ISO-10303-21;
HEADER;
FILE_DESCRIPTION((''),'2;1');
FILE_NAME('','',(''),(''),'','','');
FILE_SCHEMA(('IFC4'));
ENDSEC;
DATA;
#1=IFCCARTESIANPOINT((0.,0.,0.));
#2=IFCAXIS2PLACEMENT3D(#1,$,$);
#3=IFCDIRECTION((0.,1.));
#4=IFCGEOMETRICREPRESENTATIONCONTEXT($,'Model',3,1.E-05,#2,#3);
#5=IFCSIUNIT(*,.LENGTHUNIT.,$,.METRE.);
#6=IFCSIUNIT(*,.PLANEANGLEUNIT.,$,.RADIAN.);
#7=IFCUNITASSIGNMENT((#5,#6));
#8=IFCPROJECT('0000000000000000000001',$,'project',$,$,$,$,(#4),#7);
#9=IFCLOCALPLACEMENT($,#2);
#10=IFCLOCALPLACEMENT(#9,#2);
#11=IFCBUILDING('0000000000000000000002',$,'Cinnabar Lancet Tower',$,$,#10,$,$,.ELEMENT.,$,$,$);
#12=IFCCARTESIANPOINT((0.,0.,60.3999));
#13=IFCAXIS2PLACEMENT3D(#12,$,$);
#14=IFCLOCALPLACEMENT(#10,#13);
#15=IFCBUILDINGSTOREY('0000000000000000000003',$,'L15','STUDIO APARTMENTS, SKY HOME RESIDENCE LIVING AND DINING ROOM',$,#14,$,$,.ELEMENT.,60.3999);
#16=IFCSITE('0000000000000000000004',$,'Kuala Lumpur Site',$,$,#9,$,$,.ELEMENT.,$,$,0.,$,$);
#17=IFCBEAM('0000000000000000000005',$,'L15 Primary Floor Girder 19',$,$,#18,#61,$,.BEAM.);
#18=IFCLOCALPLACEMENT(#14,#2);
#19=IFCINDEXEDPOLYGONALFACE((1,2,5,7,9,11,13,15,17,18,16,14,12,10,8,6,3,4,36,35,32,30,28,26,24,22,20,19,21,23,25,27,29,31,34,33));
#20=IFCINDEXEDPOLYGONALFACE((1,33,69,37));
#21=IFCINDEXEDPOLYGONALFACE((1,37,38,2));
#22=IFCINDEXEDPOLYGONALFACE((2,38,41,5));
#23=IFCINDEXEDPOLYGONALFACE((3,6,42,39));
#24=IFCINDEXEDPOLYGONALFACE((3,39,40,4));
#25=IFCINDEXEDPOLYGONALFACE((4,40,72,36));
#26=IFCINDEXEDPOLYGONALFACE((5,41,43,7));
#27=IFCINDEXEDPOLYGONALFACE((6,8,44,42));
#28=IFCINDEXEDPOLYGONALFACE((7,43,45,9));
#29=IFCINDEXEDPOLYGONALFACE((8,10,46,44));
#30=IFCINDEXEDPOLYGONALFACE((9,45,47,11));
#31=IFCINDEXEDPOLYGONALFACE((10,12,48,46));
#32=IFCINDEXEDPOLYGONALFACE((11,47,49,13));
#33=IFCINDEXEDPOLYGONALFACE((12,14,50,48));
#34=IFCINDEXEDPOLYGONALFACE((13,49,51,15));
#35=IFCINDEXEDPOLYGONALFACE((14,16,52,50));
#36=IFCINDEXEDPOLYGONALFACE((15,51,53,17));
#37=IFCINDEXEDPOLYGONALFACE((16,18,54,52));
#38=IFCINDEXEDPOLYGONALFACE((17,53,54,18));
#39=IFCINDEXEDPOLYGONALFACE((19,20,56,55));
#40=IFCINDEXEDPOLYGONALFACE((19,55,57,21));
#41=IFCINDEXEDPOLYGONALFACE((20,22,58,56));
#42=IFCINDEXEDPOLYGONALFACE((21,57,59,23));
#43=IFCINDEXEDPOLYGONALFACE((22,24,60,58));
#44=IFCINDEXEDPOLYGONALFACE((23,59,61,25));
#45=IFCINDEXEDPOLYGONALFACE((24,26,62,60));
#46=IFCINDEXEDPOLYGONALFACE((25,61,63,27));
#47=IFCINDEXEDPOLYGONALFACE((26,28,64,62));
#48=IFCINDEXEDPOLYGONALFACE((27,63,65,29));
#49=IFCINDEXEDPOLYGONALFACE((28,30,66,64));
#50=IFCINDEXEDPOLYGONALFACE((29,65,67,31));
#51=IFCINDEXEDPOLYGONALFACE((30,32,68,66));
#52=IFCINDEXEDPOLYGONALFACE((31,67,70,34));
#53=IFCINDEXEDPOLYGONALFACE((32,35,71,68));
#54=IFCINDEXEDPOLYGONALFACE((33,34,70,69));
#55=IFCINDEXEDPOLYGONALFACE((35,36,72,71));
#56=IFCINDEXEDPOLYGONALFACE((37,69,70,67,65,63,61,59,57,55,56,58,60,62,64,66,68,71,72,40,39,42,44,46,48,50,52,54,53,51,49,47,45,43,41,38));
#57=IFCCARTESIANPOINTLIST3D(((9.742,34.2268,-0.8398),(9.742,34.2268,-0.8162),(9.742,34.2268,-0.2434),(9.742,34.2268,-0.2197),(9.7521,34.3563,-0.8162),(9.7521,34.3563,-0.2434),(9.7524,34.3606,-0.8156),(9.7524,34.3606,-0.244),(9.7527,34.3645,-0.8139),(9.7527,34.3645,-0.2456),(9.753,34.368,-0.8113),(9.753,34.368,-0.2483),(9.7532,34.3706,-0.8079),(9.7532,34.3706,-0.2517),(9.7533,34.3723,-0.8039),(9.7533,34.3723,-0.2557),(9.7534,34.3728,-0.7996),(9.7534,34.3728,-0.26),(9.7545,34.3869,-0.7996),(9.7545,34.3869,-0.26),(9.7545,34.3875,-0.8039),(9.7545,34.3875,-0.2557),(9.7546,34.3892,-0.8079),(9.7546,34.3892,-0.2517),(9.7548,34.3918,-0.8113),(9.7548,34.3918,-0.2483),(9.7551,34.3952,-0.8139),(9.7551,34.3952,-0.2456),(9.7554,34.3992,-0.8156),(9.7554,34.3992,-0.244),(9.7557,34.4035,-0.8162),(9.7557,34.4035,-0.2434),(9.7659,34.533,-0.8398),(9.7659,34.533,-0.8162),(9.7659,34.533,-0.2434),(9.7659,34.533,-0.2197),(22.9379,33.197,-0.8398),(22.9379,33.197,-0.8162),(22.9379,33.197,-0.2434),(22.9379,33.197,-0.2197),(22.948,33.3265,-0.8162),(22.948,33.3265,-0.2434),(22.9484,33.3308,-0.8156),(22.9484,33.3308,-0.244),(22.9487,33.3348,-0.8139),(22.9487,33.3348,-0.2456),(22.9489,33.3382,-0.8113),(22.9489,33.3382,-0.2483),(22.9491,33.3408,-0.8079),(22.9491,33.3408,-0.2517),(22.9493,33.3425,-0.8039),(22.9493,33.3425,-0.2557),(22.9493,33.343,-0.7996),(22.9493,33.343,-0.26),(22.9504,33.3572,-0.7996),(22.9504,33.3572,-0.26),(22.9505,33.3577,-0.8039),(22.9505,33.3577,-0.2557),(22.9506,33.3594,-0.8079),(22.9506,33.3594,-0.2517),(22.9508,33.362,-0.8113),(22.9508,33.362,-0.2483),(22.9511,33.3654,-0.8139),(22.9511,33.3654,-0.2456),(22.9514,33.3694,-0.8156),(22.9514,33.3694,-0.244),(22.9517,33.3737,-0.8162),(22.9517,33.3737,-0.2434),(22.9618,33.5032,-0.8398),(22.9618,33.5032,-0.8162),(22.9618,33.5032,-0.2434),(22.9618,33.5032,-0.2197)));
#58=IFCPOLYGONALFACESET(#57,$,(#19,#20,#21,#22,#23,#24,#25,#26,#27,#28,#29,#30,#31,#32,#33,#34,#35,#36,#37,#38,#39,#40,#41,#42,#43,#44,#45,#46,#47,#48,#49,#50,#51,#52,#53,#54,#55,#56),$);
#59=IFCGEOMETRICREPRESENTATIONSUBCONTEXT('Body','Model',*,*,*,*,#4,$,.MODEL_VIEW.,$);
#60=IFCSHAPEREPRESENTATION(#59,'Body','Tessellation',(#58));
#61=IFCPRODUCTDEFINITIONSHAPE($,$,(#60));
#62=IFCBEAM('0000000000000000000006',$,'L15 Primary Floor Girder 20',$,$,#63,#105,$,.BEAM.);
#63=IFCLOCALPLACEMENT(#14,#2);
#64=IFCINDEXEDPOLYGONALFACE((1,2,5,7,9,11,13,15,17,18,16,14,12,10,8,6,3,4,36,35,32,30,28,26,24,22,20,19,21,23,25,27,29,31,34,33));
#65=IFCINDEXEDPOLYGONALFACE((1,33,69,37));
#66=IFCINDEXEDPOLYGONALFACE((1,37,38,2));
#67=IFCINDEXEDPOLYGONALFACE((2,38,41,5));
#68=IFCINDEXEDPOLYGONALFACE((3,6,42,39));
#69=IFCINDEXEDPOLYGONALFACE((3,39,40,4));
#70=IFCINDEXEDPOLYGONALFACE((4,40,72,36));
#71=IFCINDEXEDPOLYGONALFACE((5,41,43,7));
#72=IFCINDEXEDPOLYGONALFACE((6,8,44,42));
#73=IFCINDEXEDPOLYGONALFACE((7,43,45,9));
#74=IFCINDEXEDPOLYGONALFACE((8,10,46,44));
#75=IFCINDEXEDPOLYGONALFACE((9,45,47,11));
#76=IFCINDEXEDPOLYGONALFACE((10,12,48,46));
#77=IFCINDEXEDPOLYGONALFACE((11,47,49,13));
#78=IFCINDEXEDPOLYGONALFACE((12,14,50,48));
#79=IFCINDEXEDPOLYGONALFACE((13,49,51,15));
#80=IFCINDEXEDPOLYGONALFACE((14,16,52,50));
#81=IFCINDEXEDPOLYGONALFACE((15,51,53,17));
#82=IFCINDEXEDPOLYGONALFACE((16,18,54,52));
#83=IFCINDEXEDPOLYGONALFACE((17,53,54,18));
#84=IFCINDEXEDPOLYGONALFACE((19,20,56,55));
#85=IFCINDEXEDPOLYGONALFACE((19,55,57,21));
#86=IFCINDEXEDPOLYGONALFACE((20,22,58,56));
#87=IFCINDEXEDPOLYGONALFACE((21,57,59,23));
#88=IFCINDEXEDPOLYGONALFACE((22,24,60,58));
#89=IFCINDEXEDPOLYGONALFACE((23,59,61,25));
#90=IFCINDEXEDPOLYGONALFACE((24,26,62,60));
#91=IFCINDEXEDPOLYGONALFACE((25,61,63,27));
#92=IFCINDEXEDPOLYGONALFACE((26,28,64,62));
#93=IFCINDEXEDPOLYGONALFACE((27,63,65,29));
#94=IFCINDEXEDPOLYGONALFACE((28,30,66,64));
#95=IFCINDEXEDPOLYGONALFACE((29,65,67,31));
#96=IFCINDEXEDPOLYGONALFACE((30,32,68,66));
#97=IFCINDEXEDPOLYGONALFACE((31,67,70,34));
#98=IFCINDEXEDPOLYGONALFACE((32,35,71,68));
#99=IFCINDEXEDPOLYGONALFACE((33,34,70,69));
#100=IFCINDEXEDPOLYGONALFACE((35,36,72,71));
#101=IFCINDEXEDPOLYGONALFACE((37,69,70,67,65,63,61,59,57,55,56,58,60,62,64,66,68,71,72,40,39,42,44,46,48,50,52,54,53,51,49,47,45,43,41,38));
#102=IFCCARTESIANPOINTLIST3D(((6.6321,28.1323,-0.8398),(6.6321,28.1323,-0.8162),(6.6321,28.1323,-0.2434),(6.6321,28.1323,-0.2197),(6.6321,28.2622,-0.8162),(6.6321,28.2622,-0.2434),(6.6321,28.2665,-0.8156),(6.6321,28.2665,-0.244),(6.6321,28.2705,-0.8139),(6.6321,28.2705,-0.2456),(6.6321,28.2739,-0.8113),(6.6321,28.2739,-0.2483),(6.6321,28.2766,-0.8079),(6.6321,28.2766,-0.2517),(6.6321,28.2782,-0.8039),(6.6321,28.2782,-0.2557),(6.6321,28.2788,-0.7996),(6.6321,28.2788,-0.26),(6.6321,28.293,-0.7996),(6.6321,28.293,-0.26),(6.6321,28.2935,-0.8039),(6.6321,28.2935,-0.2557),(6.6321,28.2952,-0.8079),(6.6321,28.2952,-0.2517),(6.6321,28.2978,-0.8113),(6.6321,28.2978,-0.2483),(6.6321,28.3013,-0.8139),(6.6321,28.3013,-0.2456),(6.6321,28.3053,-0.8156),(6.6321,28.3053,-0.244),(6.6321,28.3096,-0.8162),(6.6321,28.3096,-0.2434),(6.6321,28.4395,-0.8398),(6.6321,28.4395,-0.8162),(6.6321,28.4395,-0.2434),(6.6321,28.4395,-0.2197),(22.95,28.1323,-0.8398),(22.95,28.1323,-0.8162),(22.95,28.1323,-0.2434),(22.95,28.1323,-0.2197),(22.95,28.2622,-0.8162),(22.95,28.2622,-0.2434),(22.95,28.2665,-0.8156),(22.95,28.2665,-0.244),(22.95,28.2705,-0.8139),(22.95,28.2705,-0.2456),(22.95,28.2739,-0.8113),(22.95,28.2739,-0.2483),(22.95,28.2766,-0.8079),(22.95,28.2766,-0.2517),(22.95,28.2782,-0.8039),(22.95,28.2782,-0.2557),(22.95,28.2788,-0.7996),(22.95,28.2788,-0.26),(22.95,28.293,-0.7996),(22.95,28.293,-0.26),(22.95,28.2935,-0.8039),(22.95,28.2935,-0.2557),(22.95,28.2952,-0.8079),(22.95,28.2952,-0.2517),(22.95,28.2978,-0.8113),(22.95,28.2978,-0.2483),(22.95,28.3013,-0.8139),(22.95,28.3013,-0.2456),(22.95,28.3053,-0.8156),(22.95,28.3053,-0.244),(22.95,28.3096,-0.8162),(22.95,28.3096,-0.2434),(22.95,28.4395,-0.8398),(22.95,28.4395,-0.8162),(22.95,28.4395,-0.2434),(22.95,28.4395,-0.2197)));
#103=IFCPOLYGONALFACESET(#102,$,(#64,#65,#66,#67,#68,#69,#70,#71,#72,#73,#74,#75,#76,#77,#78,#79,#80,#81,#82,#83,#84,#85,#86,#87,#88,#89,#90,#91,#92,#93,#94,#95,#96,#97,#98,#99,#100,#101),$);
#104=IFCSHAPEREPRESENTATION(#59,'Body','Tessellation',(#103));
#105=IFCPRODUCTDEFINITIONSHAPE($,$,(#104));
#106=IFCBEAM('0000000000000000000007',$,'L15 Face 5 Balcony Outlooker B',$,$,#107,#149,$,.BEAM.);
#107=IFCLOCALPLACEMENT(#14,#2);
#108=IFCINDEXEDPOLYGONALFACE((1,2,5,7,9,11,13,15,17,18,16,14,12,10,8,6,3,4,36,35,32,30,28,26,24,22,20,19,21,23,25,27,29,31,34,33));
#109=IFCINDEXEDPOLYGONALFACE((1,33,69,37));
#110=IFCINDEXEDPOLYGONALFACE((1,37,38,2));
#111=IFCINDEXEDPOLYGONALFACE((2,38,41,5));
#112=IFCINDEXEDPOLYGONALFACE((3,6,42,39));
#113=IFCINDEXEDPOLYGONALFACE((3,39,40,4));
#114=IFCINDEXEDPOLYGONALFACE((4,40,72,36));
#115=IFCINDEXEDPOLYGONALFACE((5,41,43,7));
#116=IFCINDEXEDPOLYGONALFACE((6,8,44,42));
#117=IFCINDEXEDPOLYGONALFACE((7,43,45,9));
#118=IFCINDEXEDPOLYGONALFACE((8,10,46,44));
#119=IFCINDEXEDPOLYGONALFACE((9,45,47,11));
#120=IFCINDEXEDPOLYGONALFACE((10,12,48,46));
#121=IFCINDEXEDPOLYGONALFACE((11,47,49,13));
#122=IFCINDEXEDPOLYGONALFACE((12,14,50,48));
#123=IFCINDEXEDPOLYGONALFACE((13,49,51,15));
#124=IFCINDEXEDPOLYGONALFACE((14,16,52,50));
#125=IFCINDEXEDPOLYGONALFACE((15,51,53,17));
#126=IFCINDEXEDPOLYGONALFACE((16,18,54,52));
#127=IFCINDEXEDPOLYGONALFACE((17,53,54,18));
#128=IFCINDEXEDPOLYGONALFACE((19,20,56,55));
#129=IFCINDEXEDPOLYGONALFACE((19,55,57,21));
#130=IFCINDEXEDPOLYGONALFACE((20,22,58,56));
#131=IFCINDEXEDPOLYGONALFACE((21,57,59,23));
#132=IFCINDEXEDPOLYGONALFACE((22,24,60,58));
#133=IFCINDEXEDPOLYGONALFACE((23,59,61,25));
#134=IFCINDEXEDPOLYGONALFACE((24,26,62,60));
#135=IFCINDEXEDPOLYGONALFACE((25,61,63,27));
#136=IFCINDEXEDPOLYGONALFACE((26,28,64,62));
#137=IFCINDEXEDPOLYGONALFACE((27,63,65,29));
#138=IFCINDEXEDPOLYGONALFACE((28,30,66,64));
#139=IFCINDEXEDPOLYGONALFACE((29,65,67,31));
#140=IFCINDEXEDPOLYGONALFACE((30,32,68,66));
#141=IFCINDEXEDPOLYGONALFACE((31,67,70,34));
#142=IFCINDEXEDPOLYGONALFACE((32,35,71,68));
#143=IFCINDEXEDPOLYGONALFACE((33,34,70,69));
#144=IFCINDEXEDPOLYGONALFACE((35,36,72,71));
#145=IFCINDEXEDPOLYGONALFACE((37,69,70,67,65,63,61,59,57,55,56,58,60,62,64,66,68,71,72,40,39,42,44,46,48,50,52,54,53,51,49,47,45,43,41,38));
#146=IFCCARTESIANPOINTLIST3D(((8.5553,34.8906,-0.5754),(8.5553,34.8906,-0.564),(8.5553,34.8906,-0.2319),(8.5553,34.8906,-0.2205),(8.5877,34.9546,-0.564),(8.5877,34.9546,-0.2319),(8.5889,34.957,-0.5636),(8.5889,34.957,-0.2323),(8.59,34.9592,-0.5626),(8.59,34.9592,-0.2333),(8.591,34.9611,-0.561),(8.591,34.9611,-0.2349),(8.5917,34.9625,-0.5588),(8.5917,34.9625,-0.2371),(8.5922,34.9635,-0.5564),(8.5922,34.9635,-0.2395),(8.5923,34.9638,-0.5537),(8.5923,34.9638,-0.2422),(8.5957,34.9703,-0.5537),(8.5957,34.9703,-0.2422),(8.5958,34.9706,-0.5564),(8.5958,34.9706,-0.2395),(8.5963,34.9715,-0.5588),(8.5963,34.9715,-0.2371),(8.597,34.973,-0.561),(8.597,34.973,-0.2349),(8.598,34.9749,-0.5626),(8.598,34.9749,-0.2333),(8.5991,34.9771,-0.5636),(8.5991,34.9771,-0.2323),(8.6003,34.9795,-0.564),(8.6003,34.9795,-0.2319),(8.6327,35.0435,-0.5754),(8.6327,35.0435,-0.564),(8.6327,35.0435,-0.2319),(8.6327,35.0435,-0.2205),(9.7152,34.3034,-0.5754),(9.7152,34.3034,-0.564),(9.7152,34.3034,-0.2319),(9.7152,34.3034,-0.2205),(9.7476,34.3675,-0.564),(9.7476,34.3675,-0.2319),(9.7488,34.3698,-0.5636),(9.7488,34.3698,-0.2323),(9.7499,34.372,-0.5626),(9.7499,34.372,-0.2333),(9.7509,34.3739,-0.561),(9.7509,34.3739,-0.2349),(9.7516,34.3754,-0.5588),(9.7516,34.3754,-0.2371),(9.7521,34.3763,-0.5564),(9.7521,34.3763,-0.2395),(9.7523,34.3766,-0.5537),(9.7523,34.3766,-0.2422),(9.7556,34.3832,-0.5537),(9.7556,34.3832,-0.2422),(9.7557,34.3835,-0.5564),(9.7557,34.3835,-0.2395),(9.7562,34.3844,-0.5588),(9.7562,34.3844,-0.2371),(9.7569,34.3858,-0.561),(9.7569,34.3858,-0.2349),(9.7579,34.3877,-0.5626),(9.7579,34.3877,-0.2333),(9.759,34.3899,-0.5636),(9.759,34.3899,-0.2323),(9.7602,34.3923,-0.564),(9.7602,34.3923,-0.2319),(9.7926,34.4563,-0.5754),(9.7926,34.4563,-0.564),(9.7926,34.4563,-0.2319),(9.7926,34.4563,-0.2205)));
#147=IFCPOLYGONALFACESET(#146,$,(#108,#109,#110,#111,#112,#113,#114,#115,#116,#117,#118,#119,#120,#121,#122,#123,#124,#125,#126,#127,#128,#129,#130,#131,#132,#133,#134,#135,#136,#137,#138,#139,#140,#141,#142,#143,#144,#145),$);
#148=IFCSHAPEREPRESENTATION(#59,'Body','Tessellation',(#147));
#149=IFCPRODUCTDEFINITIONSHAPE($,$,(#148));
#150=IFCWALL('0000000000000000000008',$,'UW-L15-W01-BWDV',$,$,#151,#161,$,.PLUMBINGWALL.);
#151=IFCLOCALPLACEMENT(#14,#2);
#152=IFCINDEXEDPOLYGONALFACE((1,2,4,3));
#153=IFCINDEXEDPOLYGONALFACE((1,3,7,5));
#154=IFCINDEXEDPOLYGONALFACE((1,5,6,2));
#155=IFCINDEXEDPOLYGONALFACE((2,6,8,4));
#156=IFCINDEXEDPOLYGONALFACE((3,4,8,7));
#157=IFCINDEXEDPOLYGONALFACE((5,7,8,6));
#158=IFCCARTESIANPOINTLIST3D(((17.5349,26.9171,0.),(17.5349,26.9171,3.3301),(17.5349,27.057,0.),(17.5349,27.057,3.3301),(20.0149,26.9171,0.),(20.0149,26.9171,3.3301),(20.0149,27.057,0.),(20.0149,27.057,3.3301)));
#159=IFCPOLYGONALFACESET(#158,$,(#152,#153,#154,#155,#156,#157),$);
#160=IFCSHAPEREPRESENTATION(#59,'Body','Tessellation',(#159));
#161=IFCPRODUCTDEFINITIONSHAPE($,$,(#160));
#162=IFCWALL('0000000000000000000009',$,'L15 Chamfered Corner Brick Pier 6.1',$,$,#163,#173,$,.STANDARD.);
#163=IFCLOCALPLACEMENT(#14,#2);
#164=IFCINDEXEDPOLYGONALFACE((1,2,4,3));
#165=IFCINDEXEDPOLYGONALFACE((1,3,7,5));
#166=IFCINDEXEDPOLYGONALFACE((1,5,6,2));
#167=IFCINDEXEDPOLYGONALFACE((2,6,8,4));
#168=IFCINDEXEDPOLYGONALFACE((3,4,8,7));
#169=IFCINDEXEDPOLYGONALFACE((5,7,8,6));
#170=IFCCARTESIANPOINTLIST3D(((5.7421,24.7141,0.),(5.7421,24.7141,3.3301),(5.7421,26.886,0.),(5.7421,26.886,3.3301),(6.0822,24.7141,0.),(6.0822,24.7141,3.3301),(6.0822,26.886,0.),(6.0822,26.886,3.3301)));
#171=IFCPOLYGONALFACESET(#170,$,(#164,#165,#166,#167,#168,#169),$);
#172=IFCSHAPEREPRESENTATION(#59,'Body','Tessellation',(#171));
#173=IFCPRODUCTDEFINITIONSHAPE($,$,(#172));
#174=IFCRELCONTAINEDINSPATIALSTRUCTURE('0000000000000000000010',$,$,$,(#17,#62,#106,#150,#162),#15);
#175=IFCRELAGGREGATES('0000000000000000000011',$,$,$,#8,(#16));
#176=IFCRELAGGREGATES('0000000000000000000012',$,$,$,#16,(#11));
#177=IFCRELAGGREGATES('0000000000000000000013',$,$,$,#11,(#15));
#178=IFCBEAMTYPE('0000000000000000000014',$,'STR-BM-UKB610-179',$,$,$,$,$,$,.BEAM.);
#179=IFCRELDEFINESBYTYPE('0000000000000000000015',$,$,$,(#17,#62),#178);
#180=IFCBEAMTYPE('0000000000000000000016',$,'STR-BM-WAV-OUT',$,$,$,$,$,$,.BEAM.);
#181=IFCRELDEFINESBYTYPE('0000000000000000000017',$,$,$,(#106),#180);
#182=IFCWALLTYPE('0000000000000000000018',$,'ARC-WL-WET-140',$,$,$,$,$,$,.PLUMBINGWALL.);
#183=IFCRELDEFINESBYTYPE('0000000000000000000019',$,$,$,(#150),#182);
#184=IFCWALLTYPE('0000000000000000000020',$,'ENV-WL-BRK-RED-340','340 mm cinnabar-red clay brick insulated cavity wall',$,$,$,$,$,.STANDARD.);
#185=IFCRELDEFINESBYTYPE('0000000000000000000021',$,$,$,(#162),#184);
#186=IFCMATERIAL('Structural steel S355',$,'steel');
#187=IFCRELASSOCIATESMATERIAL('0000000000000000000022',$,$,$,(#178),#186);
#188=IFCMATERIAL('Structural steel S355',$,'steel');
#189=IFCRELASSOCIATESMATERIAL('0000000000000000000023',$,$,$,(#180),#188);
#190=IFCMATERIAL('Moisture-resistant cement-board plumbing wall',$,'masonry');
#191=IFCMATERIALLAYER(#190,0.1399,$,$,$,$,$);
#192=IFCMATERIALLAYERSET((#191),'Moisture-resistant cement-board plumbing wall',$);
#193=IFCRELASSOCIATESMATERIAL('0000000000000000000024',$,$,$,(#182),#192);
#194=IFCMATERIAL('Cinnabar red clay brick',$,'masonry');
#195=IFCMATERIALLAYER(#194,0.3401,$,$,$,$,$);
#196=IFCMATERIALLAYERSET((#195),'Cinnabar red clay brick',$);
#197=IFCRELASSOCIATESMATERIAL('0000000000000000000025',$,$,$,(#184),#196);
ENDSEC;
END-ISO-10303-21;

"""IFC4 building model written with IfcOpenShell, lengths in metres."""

from ifc_helpers import new_model, si_unit, direction, frame, frame_2d, origin, origin_2d, place, context, subcontext, project, spatial, rectangle, i_section, extrude, material, layer, layer_set, material_profile, profile_set, type_object, element, save


model = new_model("IFC4")

# Units and contexts
model_context = context("Model", 3, precision=1e-05, world=origin(), true_north=direction((0.0, 1.0)))
body_context = subcontext(model_context, "Body", "Model", "MODEL_VIEW")
ifc_project = project(units=[si_unit("LENGTHUNIT", "METRE"), si_unit("PLANEANGLEUNIT", "RADIAN")], contexts=[model_context])

# Site, building, storey
site_placement = place(None, origin())
site = spatial("IfcSite", under=ifc_project, at=site_placement, Name="Kuala Lumpur Site", CompositionType="ELEMENT", RefElevation=0.0)
building_placement = place(site_placement, origin())
building = spatial("IfcBuilding", under=site, at=building_placement, Name="Cinnabar Lancet Tower", CompositionType="ELEMENT")
storey_placement = place(building_placement, frame((0.0, 0.0, 60.3999)))
storey = spatial("IfcBuildingStorey", under=building, at=storey_placement, Name="L15", Description="STUDIO APARTMENTS, SKY HOME RESIDENCE LIVING AND DINING ROOM", CompositionType="ELEMENT", Elevation=60.3999)

# Beams
ifc_material_1 = material(Name="Structural steel S355", Category="steel")
ifc_material_profile_1 = material_profile(ifc_material_1, i_section(OverallWidth=0.3071, OverallDepth=0.6201, WebThickness=0.0142, FlangeThickness=0.0237, FilletRadius=0.0166, at=origin_2d()), Name="UKB 610x305x179")
ifc_profile_set_1 = profile_set([ifc_material_profile_1], Name="Structural steel S355")
beam_type_1 = type_object("IfcBeamType", Name="STR-BM-UKB610-179", PredefinedType="BEAM", material=ifc_profile_set_1)
beam_1_placement = place(storey_placement, frame((9.7539, 34.3799, -0.5298), z_axis=(0.996969, -0.077801, 0.0), x_axis=(0.077801, 0.996969, 0.0)))
element("IfcBeam", 1, at=beam_1_placement, inside=storey, type_object=beam_type_1, Name="L15 Primary Floor Girder 19", PredefinedType="BEAM", context=body_context, shape_type="SweptSolid", body=[
    extrude(i_section(OverallWidth=0.3071, OverallDepth=0.6201, WebThickness=0.0142, FlangeThickness=0.0237, FilletRadius=0.0166, at=origin_2d()), origin(), (0.0, 0.0, 1.0), 13.2361),
])
beam_2_placement = place(storey_placement, frame((6.6321, 28.2859, -0.5298), z_axis=(1.0, 0.0, 0.0), x_axis=(0.0, 1.0, 0.0)))
element("IfcBeam", 2, at=beam_2_placement, inside=storey, type_object=beam_type_1, Name="L15 Primary Floor Girder 20", PredefinedType="BEAM", context=body_context, shape_type="SweptSolid", body=[
    extrude(i_section(OverallWidth=0.3071, OverallDepth=0.6201, WebThickness=0.0142, FlangeThickness=0.0237, FilletRadius=0.0166, at=origin_2d()), origin(), (0.0, 0.0, 1.0), 16.3179),
])
ifc_material_2 = material(Name="Structural steel S355", Category="steel")
ifc_material_profile_2 = material_profile(ifc_material_2, i_section(OverallWidth=0.1714, OverallDepth=0.355, WebThickness=0.0073, FlangeThickness=0.0115, FilletRadius=0.0103, at=origin_2d()), Name="UKB 356x171x51")
ifc_profile_set_2 = profile_set([ifc_material_profile_2], Name="Structural steel S355")
beam_type_2 = type_object("IfcBeamType", Name="STR-BM-WAV-OUT", PredefinedType="BEAM", material=ifc_profile_set_2)
beam_3_placement = place(storey_placement, frame((9.7539, 34.3799, -0.3979), z_axis=(-0.8922, 0.45164, 0.0), x_axis=(-0.45164, -0.8922, 0.0)))
element("IfcBeam", 3, at=beam_3_placement, inside=storey, type_object=beam_type_2, Name="L15 Face 5 Balcony Outlooker B", PredefinedType="BEAM", context=body_context, shape_type="SweptSolid", body=[
    extrude(i_section(OverallWidth=0.1714, OverallDepth=0.355, WebThickness=0.0073, FlangeThickness=0.0115, FilletRadius=0.0103, at=origin_2d()), origin(), (0.0, 0.0, 1.0), 1.3),
])

# Walls
ifc_material_3 = material(Name="Moisture-resistant cement-board plumbing wall", Category="masonry")
ifc_layer_1 = layer(ifc_material_3, 0.1399)
ifc_layer_set_1 = layer_set([ifc_layer_1], Name="Moisture-resistant cement-board plumbing wall")
wall_type_1 = type_object("IfcWallType", Name="ARC-WL-WET-140", PredefinedType="PLUMBINGWALL", material=ifc_layer_set_1)
wall_1_placement = place(storey_placement, frame((17.5349, 26.9871, 0.0), z_axis=(0.0, 0.0, 1.0), x_axis=(1.0, 0.0, 0.0)))
element("IfcWall", 4, at=wall_1_placement, inside=storey, type_object=wall_type_1, Name="UW-L15-W01-BWDV", PredefinedType="PLUMBINGWALL", context=body_context, shape_type="SweptSolid", body=[
    extrude(rectangle(XDim=2.48, YDim=0.1399, at=frame_2d((1.24, 0.0))), origin(), (0.0, 0.0, 1.0), 3.3301),
])
ifc_material_4 = material(Name="Cinnabar red clay brick", Category="masonry")
ifc_layer_2 = layer(ifc_material_4, 0.3401)
ifc_layer_set_2 = layer_set([ifc_layer_2], Name="Cinnabar red clay brick")
wall_type_2 = type_object("IfcWallType", Name="ENV-WL-BRK-RED-340", Description="340 mm cinnabar-red clay brick insulated cavity wall", PredefinedType="STANDARD", material=ifc_layer_set_2)
wall_2_placement = place(storey_placement, frame((5.9121, 26.886, 0.0), z_axis=(0.0, 0.0, 1.0), x_axis=(0.0, -1.0, 0.0)))
element("IfcWall", 5, at=wall_2_placement, inside=storey, type_object=wall_type_2, Name="L15 Chamfered Corner Brick Pier 6.1", PredefinedType="STANDARD", context=body_context, shape_type="SweptSolid", body=[
    extrude(rectangle(XDim=2.1719, YDim=0.3401, at=frame_2d((1.0859, 0.0))), origin(), (0.0, 0.0, 1.0), 3.3301),
])

save(model, "model.ifc")
